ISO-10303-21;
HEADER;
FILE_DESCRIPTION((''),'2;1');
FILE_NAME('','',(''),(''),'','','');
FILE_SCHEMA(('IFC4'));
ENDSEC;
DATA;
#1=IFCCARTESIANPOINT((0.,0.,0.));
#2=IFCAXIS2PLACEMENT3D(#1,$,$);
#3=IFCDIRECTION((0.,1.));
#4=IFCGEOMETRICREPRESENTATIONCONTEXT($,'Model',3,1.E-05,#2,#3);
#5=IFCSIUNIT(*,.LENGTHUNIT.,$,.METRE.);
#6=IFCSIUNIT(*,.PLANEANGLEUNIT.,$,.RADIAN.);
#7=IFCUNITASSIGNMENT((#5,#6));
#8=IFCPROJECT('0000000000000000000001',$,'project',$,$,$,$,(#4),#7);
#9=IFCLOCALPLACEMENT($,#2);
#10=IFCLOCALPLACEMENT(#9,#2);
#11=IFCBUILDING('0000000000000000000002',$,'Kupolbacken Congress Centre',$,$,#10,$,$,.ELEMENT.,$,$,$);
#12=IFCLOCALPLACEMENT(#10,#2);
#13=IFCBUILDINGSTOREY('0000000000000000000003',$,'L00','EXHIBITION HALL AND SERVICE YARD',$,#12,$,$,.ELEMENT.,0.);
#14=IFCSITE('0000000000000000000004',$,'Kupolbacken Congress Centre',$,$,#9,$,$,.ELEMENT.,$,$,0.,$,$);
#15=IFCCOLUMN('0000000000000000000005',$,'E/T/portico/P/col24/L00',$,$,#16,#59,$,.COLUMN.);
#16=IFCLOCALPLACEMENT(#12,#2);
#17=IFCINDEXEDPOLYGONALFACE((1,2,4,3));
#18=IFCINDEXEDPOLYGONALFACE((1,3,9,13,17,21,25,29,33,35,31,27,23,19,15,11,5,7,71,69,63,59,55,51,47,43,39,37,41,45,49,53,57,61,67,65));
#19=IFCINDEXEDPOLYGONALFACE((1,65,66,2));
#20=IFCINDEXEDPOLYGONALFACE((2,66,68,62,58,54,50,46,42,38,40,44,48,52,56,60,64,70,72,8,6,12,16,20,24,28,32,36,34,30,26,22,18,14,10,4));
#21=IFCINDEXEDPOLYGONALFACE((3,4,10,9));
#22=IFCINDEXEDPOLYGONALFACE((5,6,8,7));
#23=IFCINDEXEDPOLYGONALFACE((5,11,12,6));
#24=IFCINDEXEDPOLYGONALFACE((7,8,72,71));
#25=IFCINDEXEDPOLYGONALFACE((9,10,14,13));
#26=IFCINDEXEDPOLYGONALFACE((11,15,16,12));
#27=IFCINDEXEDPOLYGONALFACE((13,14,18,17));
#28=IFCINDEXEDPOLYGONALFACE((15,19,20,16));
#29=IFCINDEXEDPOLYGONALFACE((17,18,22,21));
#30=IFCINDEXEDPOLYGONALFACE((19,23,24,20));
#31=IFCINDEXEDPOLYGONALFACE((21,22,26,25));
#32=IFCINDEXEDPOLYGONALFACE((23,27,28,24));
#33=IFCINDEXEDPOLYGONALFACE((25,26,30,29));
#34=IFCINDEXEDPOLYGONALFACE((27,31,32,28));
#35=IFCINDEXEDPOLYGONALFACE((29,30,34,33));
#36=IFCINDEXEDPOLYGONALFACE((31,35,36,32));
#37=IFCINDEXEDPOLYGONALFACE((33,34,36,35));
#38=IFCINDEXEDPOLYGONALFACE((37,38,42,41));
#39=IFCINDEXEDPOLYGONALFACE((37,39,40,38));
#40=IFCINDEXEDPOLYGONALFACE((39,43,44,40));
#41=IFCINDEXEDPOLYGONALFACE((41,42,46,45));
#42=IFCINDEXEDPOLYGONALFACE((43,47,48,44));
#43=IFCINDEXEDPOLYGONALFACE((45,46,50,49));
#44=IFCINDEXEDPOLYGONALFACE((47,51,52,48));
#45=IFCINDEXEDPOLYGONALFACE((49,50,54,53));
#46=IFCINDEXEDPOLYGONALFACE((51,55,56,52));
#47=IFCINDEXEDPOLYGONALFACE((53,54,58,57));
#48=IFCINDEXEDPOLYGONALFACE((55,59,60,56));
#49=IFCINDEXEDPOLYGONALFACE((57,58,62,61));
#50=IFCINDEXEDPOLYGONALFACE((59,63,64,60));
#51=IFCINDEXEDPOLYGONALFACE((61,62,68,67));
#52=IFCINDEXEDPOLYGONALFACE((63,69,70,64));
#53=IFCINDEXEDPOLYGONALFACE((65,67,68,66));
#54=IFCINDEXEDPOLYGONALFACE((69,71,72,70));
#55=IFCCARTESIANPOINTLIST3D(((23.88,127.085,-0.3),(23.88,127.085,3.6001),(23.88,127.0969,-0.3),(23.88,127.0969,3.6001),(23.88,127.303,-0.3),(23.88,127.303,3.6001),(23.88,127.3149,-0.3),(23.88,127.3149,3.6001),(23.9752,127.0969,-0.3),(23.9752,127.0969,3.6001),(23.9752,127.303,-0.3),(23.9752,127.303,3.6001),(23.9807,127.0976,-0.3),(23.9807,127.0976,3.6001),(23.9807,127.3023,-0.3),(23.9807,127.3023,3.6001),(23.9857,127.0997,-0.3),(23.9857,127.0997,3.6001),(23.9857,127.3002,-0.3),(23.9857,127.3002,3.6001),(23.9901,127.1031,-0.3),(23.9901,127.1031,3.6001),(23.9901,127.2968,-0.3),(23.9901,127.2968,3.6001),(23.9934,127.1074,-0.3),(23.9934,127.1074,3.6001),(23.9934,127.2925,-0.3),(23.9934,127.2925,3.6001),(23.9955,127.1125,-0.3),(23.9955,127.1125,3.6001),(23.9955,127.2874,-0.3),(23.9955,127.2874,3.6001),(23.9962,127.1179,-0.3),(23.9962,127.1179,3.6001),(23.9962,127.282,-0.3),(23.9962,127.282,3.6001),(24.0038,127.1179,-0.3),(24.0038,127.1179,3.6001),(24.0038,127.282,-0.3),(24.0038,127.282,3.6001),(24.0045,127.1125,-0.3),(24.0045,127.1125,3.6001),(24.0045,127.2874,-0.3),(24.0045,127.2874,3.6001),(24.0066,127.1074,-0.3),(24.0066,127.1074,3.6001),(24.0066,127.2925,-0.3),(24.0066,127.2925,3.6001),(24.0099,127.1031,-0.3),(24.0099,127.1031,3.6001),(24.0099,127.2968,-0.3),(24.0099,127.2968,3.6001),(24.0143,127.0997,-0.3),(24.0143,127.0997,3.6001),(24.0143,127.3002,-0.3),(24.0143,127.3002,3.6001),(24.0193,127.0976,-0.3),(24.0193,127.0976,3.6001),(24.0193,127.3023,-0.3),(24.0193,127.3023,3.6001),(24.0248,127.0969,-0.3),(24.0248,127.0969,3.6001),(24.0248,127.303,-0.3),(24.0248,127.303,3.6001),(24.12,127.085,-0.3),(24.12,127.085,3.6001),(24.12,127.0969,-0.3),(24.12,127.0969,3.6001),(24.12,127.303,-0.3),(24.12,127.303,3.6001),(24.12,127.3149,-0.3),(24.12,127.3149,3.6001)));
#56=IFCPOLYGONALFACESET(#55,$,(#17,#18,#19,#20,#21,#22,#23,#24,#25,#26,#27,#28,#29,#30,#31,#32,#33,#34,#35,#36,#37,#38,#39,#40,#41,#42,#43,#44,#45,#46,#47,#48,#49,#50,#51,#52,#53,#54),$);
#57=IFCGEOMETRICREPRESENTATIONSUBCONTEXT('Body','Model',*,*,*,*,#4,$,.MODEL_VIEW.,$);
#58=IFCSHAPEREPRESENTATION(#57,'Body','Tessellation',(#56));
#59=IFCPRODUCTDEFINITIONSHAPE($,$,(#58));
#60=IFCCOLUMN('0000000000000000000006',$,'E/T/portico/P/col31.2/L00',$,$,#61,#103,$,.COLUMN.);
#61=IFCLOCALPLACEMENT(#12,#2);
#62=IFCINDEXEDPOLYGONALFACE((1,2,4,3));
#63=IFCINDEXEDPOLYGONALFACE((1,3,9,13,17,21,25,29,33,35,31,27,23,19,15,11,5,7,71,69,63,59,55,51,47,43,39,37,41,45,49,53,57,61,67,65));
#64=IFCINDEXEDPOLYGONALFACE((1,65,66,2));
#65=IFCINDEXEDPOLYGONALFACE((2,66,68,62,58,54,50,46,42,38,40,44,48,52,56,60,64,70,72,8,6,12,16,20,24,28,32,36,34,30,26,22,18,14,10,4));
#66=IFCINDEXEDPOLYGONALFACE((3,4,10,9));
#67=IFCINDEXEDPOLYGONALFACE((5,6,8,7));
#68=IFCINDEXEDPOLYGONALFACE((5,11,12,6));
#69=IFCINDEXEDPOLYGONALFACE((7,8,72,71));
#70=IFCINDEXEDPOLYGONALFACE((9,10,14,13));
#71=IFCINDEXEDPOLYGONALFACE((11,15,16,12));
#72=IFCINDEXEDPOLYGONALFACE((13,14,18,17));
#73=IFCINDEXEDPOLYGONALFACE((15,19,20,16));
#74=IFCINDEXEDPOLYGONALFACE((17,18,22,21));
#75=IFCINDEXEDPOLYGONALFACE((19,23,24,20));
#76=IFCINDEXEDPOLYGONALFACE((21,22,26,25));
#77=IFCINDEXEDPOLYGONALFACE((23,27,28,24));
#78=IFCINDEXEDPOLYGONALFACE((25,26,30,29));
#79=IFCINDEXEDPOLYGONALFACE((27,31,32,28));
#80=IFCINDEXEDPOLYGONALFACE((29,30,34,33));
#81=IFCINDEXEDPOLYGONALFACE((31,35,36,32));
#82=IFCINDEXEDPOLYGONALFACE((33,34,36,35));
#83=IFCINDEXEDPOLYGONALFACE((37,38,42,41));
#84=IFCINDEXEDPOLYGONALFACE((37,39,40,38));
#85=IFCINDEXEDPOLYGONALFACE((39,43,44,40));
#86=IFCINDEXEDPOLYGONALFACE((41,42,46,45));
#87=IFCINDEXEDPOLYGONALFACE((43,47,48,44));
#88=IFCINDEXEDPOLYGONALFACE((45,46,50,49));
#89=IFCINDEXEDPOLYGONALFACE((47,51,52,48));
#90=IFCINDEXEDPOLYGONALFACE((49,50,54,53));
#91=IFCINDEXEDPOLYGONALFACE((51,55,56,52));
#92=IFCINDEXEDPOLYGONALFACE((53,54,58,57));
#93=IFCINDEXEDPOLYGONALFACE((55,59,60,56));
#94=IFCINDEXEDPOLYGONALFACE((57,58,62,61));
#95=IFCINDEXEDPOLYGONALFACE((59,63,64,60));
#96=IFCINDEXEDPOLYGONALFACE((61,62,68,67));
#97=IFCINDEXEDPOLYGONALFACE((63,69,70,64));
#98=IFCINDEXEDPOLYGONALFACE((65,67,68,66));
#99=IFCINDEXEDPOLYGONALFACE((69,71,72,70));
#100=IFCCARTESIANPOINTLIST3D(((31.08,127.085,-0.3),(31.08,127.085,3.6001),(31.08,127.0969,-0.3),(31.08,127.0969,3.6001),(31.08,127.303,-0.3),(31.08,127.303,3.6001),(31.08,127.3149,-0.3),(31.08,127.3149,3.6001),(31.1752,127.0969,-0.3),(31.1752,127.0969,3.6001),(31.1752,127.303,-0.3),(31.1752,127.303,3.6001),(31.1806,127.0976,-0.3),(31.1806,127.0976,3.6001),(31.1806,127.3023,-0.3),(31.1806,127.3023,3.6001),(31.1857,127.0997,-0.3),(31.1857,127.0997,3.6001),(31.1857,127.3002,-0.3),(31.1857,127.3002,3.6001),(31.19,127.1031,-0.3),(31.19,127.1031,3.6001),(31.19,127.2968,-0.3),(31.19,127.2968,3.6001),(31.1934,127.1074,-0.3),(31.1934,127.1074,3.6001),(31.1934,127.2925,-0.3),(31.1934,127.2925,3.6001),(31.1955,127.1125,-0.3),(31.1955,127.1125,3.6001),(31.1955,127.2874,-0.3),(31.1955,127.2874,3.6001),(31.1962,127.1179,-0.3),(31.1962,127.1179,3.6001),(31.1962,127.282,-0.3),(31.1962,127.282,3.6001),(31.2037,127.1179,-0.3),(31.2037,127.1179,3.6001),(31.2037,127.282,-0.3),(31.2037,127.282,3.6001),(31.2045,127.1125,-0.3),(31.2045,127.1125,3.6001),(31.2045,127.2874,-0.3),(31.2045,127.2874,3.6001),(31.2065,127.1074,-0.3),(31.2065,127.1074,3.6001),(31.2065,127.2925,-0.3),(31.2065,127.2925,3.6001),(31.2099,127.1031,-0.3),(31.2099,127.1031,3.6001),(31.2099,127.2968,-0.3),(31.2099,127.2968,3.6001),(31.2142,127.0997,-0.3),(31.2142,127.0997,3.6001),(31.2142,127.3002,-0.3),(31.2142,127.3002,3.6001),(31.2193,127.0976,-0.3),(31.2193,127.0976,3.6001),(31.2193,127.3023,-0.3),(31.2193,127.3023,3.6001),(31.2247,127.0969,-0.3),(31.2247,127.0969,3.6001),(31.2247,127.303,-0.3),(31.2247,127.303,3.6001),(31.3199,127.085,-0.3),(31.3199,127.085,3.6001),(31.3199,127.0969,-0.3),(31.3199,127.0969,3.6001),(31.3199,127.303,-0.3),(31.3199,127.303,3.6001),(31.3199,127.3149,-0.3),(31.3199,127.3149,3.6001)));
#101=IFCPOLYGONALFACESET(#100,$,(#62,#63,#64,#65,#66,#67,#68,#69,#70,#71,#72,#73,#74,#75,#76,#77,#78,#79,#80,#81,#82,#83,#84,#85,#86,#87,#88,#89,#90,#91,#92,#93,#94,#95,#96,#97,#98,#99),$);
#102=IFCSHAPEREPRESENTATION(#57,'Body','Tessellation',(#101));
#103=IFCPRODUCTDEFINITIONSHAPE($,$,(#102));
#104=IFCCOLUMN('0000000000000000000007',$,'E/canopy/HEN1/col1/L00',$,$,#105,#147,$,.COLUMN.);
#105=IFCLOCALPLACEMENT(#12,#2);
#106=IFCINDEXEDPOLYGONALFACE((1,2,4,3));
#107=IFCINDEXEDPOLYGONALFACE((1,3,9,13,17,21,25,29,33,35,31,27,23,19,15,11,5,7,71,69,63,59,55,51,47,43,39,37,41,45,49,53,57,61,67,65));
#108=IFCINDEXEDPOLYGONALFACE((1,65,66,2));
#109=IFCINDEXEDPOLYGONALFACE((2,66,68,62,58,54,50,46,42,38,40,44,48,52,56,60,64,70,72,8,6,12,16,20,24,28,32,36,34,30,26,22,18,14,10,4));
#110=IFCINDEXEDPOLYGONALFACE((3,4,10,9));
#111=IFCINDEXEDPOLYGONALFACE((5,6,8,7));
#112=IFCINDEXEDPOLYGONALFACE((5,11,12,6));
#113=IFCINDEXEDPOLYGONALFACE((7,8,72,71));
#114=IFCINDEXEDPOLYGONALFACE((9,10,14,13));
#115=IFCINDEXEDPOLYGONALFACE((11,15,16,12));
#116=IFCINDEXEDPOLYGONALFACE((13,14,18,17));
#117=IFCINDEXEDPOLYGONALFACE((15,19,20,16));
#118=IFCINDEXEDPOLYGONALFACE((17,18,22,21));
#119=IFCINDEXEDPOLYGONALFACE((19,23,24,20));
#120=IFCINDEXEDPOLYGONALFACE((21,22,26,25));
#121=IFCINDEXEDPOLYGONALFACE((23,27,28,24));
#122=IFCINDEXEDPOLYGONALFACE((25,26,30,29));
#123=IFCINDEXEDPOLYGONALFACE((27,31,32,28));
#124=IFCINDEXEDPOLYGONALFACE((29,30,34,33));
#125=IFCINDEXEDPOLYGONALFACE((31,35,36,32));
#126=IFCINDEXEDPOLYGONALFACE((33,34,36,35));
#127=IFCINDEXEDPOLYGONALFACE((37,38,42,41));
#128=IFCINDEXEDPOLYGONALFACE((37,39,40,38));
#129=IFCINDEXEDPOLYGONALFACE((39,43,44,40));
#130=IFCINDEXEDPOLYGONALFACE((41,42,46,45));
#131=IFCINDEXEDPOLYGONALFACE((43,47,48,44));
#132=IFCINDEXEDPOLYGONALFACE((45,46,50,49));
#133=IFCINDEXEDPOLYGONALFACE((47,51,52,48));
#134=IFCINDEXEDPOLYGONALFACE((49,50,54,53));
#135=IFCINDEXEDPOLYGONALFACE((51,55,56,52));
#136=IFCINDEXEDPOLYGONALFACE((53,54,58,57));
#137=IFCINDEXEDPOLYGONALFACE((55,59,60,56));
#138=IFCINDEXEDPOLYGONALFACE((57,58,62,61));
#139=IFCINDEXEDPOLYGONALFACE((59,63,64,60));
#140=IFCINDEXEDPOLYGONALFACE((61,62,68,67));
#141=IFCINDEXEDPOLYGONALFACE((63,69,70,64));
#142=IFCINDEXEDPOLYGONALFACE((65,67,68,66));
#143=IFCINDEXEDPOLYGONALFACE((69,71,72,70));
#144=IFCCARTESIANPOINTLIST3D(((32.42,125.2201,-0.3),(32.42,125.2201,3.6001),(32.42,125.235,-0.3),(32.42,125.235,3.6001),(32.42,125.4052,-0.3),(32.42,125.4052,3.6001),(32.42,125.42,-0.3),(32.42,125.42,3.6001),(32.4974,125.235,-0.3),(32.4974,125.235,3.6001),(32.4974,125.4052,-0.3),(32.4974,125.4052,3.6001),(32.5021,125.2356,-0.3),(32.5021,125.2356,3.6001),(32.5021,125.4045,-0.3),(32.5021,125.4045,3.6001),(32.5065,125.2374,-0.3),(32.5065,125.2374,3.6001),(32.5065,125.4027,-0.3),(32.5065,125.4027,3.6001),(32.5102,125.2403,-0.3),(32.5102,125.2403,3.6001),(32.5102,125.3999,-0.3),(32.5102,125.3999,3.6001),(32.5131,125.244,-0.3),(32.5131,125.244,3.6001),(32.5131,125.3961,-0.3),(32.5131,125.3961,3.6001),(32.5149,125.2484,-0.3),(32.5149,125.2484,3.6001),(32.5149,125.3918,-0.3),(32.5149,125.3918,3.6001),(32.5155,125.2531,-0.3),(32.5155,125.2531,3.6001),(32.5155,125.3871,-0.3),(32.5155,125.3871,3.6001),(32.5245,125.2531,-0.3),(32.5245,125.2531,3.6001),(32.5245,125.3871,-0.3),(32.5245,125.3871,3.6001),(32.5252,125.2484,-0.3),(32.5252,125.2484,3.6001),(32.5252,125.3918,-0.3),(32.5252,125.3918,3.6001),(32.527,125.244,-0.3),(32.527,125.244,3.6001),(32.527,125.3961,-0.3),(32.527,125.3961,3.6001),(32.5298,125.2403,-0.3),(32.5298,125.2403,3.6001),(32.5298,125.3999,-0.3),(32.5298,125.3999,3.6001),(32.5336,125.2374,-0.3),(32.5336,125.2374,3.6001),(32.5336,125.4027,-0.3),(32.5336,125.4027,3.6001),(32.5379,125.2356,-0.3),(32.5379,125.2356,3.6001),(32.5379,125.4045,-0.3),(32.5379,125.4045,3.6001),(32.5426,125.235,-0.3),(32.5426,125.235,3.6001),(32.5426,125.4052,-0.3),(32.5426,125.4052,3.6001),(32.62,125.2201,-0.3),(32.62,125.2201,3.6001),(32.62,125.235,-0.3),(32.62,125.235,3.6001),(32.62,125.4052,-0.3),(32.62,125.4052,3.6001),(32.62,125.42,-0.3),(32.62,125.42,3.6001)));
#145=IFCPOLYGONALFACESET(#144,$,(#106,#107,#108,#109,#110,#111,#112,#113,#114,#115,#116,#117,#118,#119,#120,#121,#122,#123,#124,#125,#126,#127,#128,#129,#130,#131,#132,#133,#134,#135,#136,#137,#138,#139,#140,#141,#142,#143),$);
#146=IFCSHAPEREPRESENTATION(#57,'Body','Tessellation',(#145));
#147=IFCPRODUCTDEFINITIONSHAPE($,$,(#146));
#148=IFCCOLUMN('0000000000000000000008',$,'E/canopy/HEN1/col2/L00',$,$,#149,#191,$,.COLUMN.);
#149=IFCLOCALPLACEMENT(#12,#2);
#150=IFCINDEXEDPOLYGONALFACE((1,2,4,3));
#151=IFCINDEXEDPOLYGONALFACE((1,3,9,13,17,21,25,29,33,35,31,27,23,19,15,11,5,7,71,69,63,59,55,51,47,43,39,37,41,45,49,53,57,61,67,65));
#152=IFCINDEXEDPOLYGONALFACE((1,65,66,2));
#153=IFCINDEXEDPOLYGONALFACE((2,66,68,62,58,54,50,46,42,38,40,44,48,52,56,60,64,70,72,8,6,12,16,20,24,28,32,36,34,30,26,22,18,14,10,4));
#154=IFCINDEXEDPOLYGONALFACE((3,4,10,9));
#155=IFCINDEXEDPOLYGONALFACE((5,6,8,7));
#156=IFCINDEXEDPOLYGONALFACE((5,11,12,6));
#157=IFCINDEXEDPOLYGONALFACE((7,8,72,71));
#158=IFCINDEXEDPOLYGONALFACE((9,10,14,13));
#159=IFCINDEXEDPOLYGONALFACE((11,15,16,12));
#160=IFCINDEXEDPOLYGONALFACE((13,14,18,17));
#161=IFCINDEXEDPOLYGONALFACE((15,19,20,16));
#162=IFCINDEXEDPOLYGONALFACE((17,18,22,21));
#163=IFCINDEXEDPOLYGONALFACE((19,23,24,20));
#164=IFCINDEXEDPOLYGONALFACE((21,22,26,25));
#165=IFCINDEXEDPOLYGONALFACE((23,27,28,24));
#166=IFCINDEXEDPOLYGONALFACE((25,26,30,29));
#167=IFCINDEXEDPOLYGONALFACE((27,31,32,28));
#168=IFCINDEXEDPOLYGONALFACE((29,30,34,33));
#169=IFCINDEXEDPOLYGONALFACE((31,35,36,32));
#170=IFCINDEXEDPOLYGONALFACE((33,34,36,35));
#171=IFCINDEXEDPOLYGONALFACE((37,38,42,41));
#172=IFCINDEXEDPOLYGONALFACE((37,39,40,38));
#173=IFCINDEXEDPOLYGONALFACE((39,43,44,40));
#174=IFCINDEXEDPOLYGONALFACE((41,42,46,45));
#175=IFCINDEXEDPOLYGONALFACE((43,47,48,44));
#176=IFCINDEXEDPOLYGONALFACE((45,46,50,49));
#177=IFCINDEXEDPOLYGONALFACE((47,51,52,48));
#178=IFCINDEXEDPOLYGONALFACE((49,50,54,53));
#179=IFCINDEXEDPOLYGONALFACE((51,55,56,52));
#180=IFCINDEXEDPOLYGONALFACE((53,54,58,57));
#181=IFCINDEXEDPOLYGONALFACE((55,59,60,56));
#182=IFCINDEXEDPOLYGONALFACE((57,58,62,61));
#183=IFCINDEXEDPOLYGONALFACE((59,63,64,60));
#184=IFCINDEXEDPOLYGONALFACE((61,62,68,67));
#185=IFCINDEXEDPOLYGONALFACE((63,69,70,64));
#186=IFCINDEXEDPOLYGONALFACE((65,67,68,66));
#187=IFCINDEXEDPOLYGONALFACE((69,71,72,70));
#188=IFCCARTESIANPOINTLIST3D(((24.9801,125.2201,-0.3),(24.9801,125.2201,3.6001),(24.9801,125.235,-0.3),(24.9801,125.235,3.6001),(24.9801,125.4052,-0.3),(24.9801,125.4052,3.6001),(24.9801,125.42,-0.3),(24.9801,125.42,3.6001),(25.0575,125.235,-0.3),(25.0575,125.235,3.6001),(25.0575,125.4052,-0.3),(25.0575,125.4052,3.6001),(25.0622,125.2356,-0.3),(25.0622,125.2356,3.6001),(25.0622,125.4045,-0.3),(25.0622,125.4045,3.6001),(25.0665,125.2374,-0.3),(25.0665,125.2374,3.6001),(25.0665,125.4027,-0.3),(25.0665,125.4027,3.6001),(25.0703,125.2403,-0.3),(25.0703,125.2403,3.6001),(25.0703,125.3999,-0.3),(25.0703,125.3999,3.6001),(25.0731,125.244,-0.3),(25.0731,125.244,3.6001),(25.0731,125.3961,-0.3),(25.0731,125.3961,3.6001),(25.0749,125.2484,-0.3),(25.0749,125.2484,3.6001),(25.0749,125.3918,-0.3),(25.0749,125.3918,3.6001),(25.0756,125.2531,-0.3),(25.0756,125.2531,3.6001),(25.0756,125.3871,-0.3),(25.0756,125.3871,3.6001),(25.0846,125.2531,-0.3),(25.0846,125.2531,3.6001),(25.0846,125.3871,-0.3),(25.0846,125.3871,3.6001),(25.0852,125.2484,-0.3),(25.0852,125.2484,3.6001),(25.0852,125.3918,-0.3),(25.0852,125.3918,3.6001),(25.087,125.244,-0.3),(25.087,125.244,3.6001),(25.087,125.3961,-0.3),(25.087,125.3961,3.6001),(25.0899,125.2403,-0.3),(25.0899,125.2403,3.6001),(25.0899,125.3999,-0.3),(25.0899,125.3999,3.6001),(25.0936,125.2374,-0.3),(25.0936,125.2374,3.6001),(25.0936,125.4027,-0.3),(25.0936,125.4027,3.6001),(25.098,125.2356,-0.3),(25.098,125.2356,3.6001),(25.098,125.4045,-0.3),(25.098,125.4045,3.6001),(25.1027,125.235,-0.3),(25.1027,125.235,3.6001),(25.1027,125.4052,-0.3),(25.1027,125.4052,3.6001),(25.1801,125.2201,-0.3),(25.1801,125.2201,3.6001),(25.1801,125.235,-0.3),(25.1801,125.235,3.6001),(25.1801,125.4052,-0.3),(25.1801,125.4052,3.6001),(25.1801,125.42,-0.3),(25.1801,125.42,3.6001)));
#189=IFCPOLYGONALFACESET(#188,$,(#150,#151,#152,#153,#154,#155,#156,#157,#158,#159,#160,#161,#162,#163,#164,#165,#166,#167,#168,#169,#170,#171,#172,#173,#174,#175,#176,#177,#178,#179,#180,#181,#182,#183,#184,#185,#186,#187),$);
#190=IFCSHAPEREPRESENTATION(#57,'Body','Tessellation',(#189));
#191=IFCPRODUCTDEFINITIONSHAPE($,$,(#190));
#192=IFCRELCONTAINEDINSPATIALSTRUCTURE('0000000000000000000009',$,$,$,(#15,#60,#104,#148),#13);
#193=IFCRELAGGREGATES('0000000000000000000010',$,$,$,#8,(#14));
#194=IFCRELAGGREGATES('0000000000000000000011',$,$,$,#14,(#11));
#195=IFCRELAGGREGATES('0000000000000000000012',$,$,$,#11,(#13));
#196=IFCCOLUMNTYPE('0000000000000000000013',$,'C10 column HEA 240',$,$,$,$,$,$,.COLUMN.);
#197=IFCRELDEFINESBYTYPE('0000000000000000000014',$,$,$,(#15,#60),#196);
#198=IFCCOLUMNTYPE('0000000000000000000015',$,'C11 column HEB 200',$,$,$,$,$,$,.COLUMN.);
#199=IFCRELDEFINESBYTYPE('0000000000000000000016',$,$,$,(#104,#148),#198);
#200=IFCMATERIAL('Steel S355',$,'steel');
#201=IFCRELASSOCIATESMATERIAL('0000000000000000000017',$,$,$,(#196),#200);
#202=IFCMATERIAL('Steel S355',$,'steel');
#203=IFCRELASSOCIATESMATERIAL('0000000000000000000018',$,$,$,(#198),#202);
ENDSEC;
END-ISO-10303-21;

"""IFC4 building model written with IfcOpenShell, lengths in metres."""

from ifc_helpers import new_model, si_unit, direction, frame, origin, origin_2d, place, context, subcontext, project, spatial, i_section, extrude, material, material_profile, profile_set, type_object, element, save


model = new_model("IFC4")

# Units and contexts
model_context = context("Model", 3, precision=1e-05, world=origin(), true_north=direction((0.0, 1.0)))
body_context = subcontext(model_context, "Body", "Model", "MODEL_VIEW")
ifc_project = project(units=[si_unit("LENGTHUNIT", "METRE"), si_unit("PLANEANGLEUNIT", "RADIAN")], contexts=[model_context])

# Site, building, storey
site_placement = place(None, origin())
site = spatial("IfcSite", under=ifc_project, at=site_placement, Name="Kupolbacken Congress Centre", CompositionType="ELEMENT", RefElevation=0.0)
building_placement = place(site_placement, origin())
building = spatial("IfcBuilding", under=site, at=building_placement, Name="Kupolbacken Congress Centre", CompositionType="ELEMENT")
storey_placement = place(building_placement, origin())
storey = spatial("IfcBuildingStorey", under=building, at=storey_placement, Name="L00", Description="EXHIBITION HALL AND SERVICE YARD", CompositionType="ELEMENT", Elevation=0.0)

# Columns
ifc_material_1 = material(Name="Steel S355", Category="steel")
ifc_material_profile_1 = material_profile(ifc_material_1, i_section(OverallWidth=0.24, OverallDepth=0.23, WebThickness=0.0076, FlangeThickness=0.012, FilletRadius=0.021, at=origin_2d()), Name="HEA 240")
ifc_profile_set_1 = profile_set([ifc_material_profile_1], Name="Steel S355")
column_type_1 = type_object("IfcColumnType", Name="C10 column HEA 240", PredefinedType="COLUMN", material=ifc_profile_set_1)
for number, where, z_axis, x_axis, name in (
    (1, (24.0, 127.2, -0.3), (0.0, 0.0, 1.0), (1.0, 0.0, 0.0), "E/T/portico/P/col24/L00"),
    (2, (31.2, 127.2, -0.3), (0.0, 0.0, 1.0), (1.0, 0.0, 0.0), "E/T/portico/P/col31.2/L00"),
):
    element("IfcColumn", number, at=place(storey_placement, frame(where, z_axis=z_axis, x_axis=x_axis)), inside=storey, type_object=column_type_1, Name=name, PredefinedType="COLUMN", context=body_context, shape_type="SweptSolid", body=[
        extrude(i_section(OverallWidth=0.24, OverallDepth=0.23, WebThickness=0.0076, FlangeThickness=0.012, FilletRadius=0.021, at=origin_2d()), origin(), (0.0, 0.0, 1.0), 3.9001),
    ])
ifc_material_2 = material(Name="Steel S355", Category="steel")
ifc_material_profile_2 = material_profile(ifc_material_2, i_section(OverallWidth=0.2, OverallDepth=0.2, WebThickness=0.009, FlangeThickness=0.0149, FilletRadius=0.0181, at=origin_2d()), Name="HEB 200")
ifc_profile_set_2 = profile_set([ifc_material_profile_2], Name="Steel S355")
column_type_2 = type_object("IfcColumnType", Name="C11 column HEB 200", PredefinedType="COLUMN", material=ifc_profile_set_2)
for number, where, z_axis, x_axis, name in (
    (3, (32.52, 125.3201, -0.3), (0.0, 0.0, 1.0), (1.0, 0.0, 0.0), "E/canopy/HEN1/col1/L00"),
    (4, (25.0801, 125.3201, -0.3), (0.0, 0.0, 1.0), (1.0, 0.0, 0.0), "E/canopy/HEN1/col2/L00"),
):
    element("IfcColumn", number, at=place(storey_placement, frame(where, z_axis=z_axis, x_axis=x_axis)), inside=storey, type_object=column_type_2, Name=name, PredefinedType="COLUMN", context=body_context, shape_type="SweptSolid", body=[
        extrude(i_section(OverallWidth=0.2, OverallDepth=0.2, WebThickness=0.009, FlangeThickness=0.0149, FilletRadius=0.0181, at=origin_2d()), origin(), (0.0, 0.0, 1.0), 3.9001),
    ])

save(model, "model.ifc")
